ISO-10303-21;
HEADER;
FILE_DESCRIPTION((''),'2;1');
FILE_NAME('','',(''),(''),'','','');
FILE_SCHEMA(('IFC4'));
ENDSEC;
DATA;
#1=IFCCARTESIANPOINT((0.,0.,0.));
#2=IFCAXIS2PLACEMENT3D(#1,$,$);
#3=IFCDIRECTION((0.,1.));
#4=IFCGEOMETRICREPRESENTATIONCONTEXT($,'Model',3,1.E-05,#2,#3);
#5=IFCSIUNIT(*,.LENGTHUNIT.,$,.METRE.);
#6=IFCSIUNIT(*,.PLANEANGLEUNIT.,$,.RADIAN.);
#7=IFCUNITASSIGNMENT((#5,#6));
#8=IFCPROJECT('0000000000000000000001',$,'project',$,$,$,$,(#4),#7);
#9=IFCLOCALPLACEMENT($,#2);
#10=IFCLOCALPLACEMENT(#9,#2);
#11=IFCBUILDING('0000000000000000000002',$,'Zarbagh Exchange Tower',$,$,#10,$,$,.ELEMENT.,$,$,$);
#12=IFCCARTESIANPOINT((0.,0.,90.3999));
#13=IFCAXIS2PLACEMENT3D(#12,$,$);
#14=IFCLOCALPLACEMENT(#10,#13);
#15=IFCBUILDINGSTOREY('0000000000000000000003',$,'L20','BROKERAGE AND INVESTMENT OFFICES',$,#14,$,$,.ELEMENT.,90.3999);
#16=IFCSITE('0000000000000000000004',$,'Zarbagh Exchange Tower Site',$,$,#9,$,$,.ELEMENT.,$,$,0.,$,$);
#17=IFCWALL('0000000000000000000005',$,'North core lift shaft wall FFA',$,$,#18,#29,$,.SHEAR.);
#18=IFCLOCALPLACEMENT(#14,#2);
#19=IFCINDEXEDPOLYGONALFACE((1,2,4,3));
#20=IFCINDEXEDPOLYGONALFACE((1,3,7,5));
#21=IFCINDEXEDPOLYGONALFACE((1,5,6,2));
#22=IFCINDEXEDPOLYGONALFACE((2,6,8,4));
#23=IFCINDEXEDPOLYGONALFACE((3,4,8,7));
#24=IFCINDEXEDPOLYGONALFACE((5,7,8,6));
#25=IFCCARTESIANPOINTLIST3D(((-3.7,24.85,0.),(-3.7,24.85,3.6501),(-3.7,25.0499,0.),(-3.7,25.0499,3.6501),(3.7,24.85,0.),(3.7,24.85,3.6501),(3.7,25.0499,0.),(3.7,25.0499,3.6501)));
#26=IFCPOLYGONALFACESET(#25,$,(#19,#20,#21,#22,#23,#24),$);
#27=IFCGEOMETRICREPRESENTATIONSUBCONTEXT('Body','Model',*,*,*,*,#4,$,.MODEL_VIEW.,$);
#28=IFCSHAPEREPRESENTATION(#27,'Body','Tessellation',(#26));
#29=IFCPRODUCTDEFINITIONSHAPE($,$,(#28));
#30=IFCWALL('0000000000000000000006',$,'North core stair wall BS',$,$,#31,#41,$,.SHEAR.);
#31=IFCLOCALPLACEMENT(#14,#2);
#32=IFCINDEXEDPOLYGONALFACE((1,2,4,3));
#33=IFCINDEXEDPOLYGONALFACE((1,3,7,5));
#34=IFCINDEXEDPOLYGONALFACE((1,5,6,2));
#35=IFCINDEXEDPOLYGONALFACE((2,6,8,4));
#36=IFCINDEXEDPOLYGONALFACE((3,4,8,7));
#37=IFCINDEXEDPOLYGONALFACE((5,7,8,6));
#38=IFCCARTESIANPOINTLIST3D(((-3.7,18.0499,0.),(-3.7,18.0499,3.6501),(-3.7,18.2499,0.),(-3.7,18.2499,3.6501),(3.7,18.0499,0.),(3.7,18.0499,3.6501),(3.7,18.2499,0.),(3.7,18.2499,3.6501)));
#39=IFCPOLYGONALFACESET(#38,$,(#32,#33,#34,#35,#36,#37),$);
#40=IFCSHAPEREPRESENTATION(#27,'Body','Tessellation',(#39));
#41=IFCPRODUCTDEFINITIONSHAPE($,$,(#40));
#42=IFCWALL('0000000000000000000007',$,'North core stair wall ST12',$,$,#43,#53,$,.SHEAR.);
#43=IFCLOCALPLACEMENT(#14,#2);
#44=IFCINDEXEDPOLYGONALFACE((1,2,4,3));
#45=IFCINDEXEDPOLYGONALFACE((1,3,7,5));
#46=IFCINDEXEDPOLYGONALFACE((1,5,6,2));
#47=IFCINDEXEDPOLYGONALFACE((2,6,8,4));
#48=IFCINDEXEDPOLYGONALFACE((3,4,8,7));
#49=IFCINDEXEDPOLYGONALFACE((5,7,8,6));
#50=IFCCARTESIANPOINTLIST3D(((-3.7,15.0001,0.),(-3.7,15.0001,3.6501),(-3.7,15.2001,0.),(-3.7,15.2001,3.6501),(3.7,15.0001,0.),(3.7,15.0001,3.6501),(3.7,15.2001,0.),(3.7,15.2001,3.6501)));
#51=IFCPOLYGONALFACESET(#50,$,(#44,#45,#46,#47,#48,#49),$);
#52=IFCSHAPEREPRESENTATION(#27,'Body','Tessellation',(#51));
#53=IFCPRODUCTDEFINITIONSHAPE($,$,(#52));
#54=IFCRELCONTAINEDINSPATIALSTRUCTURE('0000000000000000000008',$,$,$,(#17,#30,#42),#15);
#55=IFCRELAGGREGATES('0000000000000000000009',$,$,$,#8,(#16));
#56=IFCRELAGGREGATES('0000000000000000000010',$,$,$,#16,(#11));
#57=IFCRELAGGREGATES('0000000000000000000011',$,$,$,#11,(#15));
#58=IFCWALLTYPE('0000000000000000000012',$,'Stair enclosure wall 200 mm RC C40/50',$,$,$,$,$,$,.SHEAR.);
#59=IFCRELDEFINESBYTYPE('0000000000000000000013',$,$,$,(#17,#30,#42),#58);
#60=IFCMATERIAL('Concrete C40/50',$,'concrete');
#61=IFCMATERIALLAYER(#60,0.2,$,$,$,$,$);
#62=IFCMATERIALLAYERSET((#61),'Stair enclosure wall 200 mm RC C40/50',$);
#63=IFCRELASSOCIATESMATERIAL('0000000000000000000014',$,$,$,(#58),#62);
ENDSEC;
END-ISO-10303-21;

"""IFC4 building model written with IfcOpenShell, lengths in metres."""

from ifc_helpers import new_model, si_unit, direction, frame, frame_2d, origin, place, context, subcontext, project, spatial, rectangle, extrude, material, layer, layer_set, type_object, element, save


model = new_model("IFC4")

# Units and contexts
model_context = context("Model", 3, precision=1e-05, world=origin(), true_north=direction((0.0, 1.0)))
body_context = subcontext(model_context, "Body", "Model", "MODEL_VIEW")
ifc_project = project(units=[si_unit("LENGTHUNIT", "METRE"), si_unit("PLANEANGLEUNIT", "RADIAN")], contexts=[model_context])

# Site, building, storey
site_placement = place(None, origin())
site = spatial("IfcSite", under=ifc_project, at=site_placement, Name="Zarbagh Exchange Tower Site", CompositionType="ELEMENT", RefElevation=0.0)
building_placement = place(site_placement, origin())
building = spatial("IfcBuilding", under=site, at=building_placement, Name="Zarbagh Exchange Tower", CompositionType="ELEMENT")
storey_placement = place(building_placement, frame((0.0, 0.0, 90.3999)))
storey = spatial("IfcBuildingStorey", under=building, at=storey_placement, Name="L20", Description="BROKERAGE AND INVESTMENT OFFICES", CompositionType="ELEMENT", Elevation=90.3999)

# Walls
ifc_material_1 = material(Name="Concrete C40/50", Category="concrete")
ifc_layer_1 = layer(ifc_material_1, 0.2)
ifc_layer_set_1 = layer_set([ifc_layer_1], Name="Stair enclosure wall 200 mm RC C40/50")
wall_type_1 = type_object("IfcWallType", Name="Stair enclosure wall 200 mm RC C40/50", PredefinedType="SHEAR", material=ifc_layer_set_1)
for number, where, z_axis, x_axis, name in (
    (1, (-3.7, 24.95, 0.0), (0.0, 0.0, 1.0), (1.0, 0.0, 0.0), "North core lift shaft wall FFA"),
    (2, (-3.7, 18.1499, 0.0), (0.0, 0.0, 1.0), (1.0, 0.0, 0.0), "North core stair wall BS"),
    (3, (-3.7, 15.1001, 0.0), (0.0, 0.0, 1.0), (1.0, 0.0, 0.0), "North core stair wall ST12"),
):
    element("IfcWall", number, at=place(storey_placement, frame(where, z_axis=z_axis, x_axis=x_axis)), inside=storey, type_object=wall_type_1, Name=name, PredefinedType="SHEAR", context=body_context, shape_type="SweptSolid", body=[
        extrude(rectangle(XDim=7.3999, YDim=0.2, at=frame_2d((3.7, 0.0))), origin(), (0.0, 0.0, 1.0), 3.6501),
    ])

save(model, "model.ifc")
